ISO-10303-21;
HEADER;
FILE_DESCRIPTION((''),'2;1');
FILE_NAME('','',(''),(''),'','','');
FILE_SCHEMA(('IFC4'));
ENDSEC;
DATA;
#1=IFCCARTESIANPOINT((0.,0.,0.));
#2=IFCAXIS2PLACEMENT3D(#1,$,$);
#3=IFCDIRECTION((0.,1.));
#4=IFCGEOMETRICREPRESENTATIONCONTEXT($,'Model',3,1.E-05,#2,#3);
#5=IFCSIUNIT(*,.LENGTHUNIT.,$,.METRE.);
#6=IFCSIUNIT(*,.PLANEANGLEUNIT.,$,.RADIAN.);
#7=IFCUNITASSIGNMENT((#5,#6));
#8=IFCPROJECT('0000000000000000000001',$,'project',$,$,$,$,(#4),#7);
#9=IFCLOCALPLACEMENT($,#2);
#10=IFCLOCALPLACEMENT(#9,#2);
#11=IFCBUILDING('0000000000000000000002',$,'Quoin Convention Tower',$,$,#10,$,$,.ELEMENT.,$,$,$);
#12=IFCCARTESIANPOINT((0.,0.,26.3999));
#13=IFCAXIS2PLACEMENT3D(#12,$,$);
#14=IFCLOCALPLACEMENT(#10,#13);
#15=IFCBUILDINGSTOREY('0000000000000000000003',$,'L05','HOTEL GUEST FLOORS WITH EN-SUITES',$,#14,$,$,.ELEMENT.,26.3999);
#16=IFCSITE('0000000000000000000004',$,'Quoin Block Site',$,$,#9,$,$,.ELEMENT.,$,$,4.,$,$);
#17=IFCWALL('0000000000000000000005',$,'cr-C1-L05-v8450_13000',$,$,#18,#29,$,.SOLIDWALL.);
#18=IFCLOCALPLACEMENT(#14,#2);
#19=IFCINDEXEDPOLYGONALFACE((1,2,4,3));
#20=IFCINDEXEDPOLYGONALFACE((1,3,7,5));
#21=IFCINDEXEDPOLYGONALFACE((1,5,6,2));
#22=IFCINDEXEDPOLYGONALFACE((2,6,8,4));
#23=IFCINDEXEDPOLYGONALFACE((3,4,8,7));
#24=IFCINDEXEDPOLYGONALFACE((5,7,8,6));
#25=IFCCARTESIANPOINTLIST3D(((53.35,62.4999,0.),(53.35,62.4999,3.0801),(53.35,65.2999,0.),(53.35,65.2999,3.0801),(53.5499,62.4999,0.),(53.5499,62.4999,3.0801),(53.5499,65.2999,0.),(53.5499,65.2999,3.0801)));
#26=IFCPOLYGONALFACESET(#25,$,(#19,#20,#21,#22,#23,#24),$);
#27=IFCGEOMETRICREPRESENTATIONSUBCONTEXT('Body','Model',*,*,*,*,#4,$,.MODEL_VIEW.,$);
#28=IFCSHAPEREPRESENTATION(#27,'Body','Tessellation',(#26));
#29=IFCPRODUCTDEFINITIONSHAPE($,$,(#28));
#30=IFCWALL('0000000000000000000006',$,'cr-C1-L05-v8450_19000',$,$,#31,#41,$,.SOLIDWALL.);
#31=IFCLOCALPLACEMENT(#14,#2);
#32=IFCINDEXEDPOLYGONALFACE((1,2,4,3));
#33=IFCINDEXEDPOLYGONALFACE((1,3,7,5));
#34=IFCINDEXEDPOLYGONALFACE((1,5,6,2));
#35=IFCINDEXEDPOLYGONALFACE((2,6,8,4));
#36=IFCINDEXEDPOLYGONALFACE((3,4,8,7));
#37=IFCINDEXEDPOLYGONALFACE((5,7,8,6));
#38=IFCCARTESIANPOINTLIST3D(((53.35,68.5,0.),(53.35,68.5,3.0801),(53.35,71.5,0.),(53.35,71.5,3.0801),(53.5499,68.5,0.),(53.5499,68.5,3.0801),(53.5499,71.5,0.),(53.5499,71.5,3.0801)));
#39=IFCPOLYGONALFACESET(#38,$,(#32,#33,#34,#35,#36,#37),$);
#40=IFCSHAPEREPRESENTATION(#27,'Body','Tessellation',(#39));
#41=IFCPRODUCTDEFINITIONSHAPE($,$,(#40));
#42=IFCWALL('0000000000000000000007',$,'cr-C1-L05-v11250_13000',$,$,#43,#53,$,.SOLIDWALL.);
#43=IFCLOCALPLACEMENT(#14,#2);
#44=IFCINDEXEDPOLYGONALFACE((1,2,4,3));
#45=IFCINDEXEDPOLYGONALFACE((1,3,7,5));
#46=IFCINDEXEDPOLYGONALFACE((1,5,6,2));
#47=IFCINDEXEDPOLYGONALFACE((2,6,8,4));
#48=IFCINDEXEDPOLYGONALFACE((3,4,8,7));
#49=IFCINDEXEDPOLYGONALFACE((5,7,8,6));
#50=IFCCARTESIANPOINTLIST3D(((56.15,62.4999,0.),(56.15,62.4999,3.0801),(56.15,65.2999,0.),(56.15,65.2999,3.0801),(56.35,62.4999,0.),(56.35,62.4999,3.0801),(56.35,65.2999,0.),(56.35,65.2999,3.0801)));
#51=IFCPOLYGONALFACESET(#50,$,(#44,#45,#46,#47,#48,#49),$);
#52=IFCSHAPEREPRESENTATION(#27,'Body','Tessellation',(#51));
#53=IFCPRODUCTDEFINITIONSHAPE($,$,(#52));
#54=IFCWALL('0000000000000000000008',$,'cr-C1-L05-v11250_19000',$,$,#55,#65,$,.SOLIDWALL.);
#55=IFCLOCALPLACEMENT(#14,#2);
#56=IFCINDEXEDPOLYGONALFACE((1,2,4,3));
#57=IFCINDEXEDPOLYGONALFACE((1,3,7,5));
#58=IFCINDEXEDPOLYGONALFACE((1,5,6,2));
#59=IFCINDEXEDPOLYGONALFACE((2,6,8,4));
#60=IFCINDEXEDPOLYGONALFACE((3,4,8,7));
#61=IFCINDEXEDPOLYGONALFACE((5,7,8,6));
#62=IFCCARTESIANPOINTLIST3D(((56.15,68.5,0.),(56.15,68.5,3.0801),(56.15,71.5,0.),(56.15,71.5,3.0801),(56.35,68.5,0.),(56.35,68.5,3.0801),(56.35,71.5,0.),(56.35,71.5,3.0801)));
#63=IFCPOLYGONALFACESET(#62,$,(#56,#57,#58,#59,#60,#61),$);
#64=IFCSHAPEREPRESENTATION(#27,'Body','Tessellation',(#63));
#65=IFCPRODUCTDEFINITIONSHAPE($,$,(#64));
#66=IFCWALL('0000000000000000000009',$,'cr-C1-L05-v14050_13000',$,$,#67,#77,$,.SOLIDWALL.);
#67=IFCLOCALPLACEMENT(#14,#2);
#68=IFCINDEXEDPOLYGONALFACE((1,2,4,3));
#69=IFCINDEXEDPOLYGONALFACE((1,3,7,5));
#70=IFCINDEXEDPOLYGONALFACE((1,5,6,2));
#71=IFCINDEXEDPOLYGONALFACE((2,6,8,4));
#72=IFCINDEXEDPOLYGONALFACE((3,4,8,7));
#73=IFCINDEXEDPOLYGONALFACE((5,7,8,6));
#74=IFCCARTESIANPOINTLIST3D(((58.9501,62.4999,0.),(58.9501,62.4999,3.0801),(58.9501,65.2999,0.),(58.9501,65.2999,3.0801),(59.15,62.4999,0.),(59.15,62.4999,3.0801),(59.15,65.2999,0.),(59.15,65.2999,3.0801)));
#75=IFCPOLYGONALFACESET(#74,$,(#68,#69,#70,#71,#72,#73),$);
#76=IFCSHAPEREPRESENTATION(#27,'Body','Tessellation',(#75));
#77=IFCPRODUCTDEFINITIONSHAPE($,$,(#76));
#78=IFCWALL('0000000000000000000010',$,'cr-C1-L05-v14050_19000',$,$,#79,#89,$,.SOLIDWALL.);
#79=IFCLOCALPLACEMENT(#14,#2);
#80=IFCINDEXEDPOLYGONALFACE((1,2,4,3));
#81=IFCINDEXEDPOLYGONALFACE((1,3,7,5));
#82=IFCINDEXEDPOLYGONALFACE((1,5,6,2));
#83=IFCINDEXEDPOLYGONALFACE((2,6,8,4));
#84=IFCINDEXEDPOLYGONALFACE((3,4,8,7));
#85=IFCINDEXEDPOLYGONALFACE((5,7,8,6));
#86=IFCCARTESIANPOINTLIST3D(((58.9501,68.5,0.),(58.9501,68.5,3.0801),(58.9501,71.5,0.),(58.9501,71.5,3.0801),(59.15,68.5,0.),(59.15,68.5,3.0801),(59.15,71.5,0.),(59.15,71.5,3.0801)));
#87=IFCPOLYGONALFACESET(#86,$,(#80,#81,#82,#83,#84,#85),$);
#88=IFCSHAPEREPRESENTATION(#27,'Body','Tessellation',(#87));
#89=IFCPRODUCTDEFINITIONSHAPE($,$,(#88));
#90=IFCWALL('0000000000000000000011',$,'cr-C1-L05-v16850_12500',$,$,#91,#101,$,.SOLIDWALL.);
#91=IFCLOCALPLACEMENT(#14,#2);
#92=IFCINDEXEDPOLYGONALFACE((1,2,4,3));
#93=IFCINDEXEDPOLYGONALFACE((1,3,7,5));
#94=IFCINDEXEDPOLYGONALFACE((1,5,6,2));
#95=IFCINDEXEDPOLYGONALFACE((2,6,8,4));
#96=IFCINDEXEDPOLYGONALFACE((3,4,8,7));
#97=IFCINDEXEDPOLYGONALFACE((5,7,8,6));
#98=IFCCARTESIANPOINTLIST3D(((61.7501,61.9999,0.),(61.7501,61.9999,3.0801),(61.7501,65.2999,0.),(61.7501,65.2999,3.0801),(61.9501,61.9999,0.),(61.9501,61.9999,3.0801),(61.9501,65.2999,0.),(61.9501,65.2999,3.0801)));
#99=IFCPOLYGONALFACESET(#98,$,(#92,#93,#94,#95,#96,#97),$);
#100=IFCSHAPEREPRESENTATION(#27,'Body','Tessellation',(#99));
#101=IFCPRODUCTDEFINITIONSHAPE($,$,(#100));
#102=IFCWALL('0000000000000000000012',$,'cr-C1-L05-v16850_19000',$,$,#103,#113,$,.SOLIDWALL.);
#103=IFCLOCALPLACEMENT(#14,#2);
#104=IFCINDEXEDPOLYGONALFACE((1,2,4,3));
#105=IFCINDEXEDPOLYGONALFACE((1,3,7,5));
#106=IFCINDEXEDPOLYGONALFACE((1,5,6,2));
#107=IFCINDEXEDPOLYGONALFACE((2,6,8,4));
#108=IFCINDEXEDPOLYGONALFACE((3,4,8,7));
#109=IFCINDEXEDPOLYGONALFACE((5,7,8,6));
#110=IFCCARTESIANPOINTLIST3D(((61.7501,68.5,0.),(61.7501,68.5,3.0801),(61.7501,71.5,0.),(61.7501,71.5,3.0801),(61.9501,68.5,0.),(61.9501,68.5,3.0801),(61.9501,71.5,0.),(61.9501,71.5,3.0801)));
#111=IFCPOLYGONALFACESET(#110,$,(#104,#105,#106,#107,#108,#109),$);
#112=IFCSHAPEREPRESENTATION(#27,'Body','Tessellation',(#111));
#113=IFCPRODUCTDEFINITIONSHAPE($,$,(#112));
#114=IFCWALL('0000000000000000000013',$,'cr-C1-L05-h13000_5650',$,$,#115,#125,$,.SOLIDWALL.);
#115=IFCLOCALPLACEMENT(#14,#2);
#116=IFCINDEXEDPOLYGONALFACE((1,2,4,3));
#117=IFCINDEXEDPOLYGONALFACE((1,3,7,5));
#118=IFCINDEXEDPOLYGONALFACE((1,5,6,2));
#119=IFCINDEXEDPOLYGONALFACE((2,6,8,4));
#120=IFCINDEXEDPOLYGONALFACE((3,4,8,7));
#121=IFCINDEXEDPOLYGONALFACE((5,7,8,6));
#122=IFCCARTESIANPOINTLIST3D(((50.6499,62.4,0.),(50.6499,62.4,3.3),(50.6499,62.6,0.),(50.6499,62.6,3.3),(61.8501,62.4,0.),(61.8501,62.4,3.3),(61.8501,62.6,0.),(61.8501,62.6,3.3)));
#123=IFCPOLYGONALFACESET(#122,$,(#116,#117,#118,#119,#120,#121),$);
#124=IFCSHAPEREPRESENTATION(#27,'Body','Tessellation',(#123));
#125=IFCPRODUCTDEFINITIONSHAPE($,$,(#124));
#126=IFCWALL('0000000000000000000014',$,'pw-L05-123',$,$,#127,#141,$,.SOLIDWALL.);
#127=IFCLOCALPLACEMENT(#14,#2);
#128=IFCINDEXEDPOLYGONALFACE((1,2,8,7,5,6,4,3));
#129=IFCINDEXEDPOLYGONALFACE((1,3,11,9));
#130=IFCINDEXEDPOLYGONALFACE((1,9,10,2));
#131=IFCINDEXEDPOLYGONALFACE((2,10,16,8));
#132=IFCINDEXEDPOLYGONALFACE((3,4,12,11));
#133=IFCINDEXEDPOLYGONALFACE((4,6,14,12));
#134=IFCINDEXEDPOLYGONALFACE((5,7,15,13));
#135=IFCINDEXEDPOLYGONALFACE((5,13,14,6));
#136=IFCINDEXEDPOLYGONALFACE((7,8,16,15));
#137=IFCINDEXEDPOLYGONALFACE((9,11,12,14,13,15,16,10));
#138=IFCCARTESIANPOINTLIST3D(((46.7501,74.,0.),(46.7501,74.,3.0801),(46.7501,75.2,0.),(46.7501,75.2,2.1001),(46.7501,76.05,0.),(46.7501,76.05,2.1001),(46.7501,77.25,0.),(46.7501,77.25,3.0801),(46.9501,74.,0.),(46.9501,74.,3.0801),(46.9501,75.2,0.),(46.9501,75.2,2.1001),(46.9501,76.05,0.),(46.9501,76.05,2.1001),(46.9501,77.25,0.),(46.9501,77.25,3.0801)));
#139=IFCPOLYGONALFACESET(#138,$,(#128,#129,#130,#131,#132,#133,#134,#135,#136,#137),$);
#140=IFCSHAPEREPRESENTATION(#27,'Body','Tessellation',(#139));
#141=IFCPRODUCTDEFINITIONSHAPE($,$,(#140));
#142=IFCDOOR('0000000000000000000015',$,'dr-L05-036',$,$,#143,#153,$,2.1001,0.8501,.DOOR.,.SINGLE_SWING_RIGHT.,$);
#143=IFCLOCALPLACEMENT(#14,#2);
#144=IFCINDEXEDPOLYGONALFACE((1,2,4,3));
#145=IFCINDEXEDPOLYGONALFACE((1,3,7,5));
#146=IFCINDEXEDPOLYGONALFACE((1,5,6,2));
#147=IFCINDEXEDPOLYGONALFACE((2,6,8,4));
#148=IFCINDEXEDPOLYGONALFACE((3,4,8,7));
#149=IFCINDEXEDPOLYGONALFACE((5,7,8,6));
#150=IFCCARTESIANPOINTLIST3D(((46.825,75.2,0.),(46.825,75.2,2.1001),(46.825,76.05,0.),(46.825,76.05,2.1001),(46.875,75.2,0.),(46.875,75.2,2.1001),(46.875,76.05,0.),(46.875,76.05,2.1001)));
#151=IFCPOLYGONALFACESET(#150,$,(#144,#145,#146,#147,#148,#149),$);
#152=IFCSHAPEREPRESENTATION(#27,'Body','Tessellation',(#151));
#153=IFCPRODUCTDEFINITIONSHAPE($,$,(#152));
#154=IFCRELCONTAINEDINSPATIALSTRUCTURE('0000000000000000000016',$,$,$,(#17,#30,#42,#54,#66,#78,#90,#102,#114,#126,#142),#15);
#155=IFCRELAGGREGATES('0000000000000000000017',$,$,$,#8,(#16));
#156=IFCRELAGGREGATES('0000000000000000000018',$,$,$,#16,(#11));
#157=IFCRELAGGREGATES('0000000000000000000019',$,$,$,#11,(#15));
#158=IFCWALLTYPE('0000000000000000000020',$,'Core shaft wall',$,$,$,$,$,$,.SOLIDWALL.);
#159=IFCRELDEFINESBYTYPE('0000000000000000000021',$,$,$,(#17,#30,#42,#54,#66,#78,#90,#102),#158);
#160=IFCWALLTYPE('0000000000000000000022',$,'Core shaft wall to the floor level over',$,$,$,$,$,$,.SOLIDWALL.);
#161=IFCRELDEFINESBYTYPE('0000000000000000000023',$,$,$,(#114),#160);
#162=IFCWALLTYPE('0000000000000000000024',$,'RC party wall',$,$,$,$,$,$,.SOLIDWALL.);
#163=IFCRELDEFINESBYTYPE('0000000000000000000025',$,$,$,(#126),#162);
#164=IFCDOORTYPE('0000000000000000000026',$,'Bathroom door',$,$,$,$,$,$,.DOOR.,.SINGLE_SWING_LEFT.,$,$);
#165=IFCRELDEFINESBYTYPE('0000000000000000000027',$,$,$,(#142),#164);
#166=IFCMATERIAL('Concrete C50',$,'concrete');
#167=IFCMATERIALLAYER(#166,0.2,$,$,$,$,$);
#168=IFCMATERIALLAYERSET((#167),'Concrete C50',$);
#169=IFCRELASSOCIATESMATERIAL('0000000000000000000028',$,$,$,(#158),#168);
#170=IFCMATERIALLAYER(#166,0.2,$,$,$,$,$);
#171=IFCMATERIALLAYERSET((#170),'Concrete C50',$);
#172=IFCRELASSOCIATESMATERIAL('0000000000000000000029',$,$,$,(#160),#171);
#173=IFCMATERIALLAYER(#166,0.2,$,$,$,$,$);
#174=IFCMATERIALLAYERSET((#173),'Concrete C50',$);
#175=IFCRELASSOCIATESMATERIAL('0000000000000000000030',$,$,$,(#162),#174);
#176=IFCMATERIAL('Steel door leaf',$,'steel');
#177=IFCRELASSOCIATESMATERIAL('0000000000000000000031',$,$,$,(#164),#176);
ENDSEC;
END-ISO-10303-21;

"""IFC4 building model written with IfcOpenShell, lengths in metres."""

from ifc_helpers import new_model, si_unit, direction, frame, frame_2d, origin, place, context, subcontext, project, spatial, rectangle, extrude, material, layer, layer_set, type_object, element, fill, save


model = new_model("IFC4")

# Units and contexts
model_context = context("Model", 3, precision=1e-05, world=origin(), true_north=direction((0.0, 1.0)))
body_context = subcontext(model_context, "Body", "Model", "MODEL_VIEW")
ifc_project = project(units=[si_unit("LENGTHUNIT", "METRE"), si_unit("PLANEANGLEUNIT", "RADIAN")], contexts=[model_context])

# Site, building, storey
site_placement = place(None, origin())
site = spatial("IfcSite", under=ifc_project, at=site_placement, Name="Quoin Block Site", CompositionType="ELEMENT", RefElevation=4.0)
building_placement = place(site_placement, origin())
building = spatial("IfcBuilding", under=site, at=building_placement, Name="Quoin Convention Tower", CompositionType="ELEMENT")
storey_placement = place(building_placement, frame((0.0, 0.0, 26.3999)))
storey = spatial("IfcBuildingStorey", under=building, at=storey_placement, Name="L05", Description="HOTEL GUEST FLOORS WITH EN-SUITES", CompositionType="ELEMENT", Elevation=26.3999)

# Shared definitions
ifc_material_1 = material(Name="Steel door leaf", Category="steel")

# Shared definitions
ifc_material_2 = material(Name="Concrete C50", Category="concrete")
ifc_layer_1 = layer(ifc_material_2, 0.2)
ifc_layer_set_1 = layer_set([ifc_layer_1], Name="Concrete C50")
wall_type_1 = type_object("IfcWallType", Name="Core shaft wall", PredefinedType="SOLIDWALL", material=ifc_layer_set_1)

# Walls
wall_1_placement = place(storey_placement, frame((53.45, 62.5, 0.0), z_axis=(0.0, 0.0, 1.0), x_axis=(0.0, 1.0, 0.0)))
element("IfcWall", 1, at=wall_1_placement, inside=storey, type_object=wall_type_1, Name="cr-C1-L05-v8450_13000", PredefinedType="SOLIDWALL", context=body_context, shape_type="SweptSolid", body=[
    extrude(rectangle(XDim=2.8, YDim=0.2, at=frame_2d((1.3999, 0.0))), origin(), (0.0, 0.0, 1.0), 3.0801),
])
wall_2_placement = place(storey_placement, frame((53.45, 68.5, 0.0), z_axis=(0.0, 0.0, 1.0), x_axis=(0.0, 1.0, 0.0)))
element("IfcWall", 2, at=wall_2_placement, inside=storey, type_object=wall_type_1, Name="cr-C1-L05-v8450_19000", PredefinedType="SOLIDWALL", context=body_context, shape_type="SweptSolid", body=[
    extrude(rectangle(XDim=3.0, YDim=0.2, at=frame_2d((1.5, 0.0))), origin(), (0.0, 0.0, 1.0), 3.0801),
])
wall_3_placement = place(storey_placement, frame((56.25, 62.5, 0.0), z_axis=(0.0, 0.0, 1.0), x_axis=(0.0, 1.0, 0.0)))
element("IfcWall", 3, at=wall_3_placement, inside=storey, type_object=wall_type_1, Name="cr-C1-L05-v11250_13000", PredefinedType="SOLIDWALL", context=body_context, shape_type="SweptSolid", body=[
    extrude(rectangle(XDim=2.8, YDim=0.2, at=frame_2d((1.3999, 0.0))), origin(), (0.0, 0.0, 1.0), 3.0801),
])
wall_4_placement = place(storey_placement, frame((56.25, 68.5, 0.0), z_axis=(0.0, 0.0, 1.0), x_axis=(0.0, 1.0, 0.0)))
element("IfcWall", 4, at=wall_4_placement, inside=storey, type_object=wall_type_1, Name="cr-C1-L05-v11250_19000", PredefinedType="SOLIDWALL", context=body_context, shape_type="SweptSolid", body=[
    extrude(rectangle(XDim=3.0, YDim=0.2, at=frame_2d((1.5, 0.0))), origin(), (0.0, 0.0, 1.0), 3.0801),
])
wall_5_placement = place(storey_placement, frame((59.05, 62.5, 0.0), z_axis=(0.0, 0.0, 1.0), x_axis=(0.0, 1.0, 0.0)))
element("IfcWall", 5, at=wall_5_placement, inside=storey, type_object=wall_type_1, Name="cr-C1-L05-v14050_13000", PredefinedType="SOLIDWALL", context=body_context, shape_type="SweptSolid", body=[
    extrude(rectangle(XDim=2.8, YDim=0.2, at=frame_2d((1.3999, 0.0))), origin(), (0.0, 0.0, 1.0), 3.0801),
])
wall_6_placement = place(storey_placement, frame((59.05, 68.5, 0.0), z_axis=(0.0, 0.0, 1.0), x_axis=(0.0, 1.0, 0.0)))
element("IfcWall", 6, at=wall_6_placement, inside=storey, type_object=wall_type_1, Name="cr-C1-L05-v14050_19000", PredefinedType="SOLIDWALL", context=body_context, shape_type="SweptSolid", body=[
    extrude(rectangle(XDim=3.0, YDim=0.2, at=frame_2d((1.5, 0.0))), origin(), (0.0, 0.0, 1.0), 3.0801),
])
wall_7_placement = place(storey_placement, frame((61.8501, 62.0, 0.0), z_axis=(0.0, 0.0, 1.0), x_axis=(0.0, 1.0, 0.0)))
element("IfcWall", 7, at=wall_7_placement, inside=storey, type_object=wall_type_1, Name="cr-C1-L05-v16850_12500", PredefinedType="SOLIDWALL", context=body_context, shape_type="SweptSolid", body=[
    extrude(rectangle(XDim=3.3, YDim=0.2, at=frame_2d((1.6499, 0.0))), origin(), (0.0, 0.0, 1.0), 3.0801),
])
wall_8_placement = place(storey_placement, frame((61.8501, 68.5, 0.0), z_axis=(0.0, 0.0, 1.0), x_axis=(0.0, 1.0, 0.0)))
element("IfcWall", 8, at=wall_8_placement, inside=storey, type_object=wall_type_1, Name="cr-C1-L05-v16850_19000", PredefinedType="SOLIDWALL", context=body_context, shape_type="SweptSolid", body=[
    extrude(rectangle(XDim=3.0, YDim=0.2, at=frame_2d((1.5, 0.0))), origin(), (0.0, 0.0, 1.0), 3.0801),
])
ifc_layer_2 = layer(ifc_material_2, 0.2)
ifc_layer_set_2 = layer_set([ifc_layer_2], Name="Concrete C50")
wall_type_2 = type_object("IfcWallType", Name="Core shaft wall to the floor level over", PredefinedType="SOLIDWALL", material=ifc_layer_set_2)
wall_9_placement = place(storey_placement, frame((50.6499, 62.5, 0.0), z_axis=(0.0, 0.0, 1.0), x_axis=(1.0, 0.0, 0.0)))
element("IfcWall", 9, at=wall_9_placement, inside=storey, type_object=wall_type_2, Name="cr-C1-L05-h13000_5650", PredefinedType="SOLIDWALL", context=body_context, shape_type="SweptSolid", body=[
    extrude(rectangle(XDim=11.2002, YDim=0.2, at=frame_2d((5.6001, 0.0))), origin(), (0.0, 0.0, 1.0), 3.3),
])

# Wall, opening, door
ifc_layer_3 = layer(ifc_material_2, 0.2)
ifc_layer_set_3 = layer_set([ifc_layer_3], Name="Concrete C50")
wall_type_3 = type_object("IfcWallType", Name="RC party wall", PredefinedType="SOLIDWALL", material=ifc_layer_set_3)
wall_10_placement = place(storey_placement, frame((46.8501, 74.0, 0.0), z_axis=(0.0, 0.0, 1.0), x_axis=(0.0, 1.0, 0.0)))
wall_10 = element("IfcWall", 10, at=wall_10_placement, inside=storey, type_object=wall_type_3, Name="pw-L05-123", PredefinedType="SOLIDWALL", context=body_context, shape_type="SweptSolid", body=[
    extrude(rectangle(XDim=3.25, YDim=0.2, at=frame_2d((1.625, 0.0))), origin(), (0.0, 0.0, 1.0), 3.0801),
])
opening_1_placement = place(wall_10_placement, frame((1.2, 0.0, 0.0)))
opening_1 = element("IfcOpeningElement", 11, at=opening_1_placement, cuts=wall_10, PredefinedType="OPENING", context=body_context, shape_type="SweptSolid", body=[
    extrude(rectangle(XDim=0.8501, YDim=2.1001, at=frame_2d((0.425, 1.05))), frame((0.0, 0.1099, 0.0), z_axis=(0.0, -1.0, 0.0), x_axis=(1.0, 0.0, 0.0)), (0.0, 0.0, 1.0), 0.22),
])
door_type_1 = type_object("IfcDoorType", Name="Bathroom door", OperationType="SINGLE_SWING_LEFT", PredefinedType="DOOR", material=ifc_material_1)
door_1_placement = place(opening_1_placement, frame((0.8501, 0.0, 0.0), z_axis=(0.0, 0.0, 1.0), x_axis=(-1.0, 0.0, 0.0)))
door_1 = element("IfcDoor", 12, at=door_1_placement, inside=storey, type_object=door_type_1, Name="dr-L05-036", OperationType="SINGLE_SWING_RIGHT", OverallHeight=2.1001, OverallWidth=0.8501, PredefinedType="DOOR", context=body_context, shape_type="SweptSolid", body=[
    extrude(rectangle(XDim=0.8501, YDim=2.1001, at=frame_2d((0.425, 1.05))), frame((0.0, 0.0249, 0.0), z_axis=(0.0, -1.0, 0.0), x_axis=(1.0, 0.0, 0.0)), (0.0, 0.0, 1.0), 0.05),
])
fill(opening_1, door_1)

save(model, "model.ifc")
